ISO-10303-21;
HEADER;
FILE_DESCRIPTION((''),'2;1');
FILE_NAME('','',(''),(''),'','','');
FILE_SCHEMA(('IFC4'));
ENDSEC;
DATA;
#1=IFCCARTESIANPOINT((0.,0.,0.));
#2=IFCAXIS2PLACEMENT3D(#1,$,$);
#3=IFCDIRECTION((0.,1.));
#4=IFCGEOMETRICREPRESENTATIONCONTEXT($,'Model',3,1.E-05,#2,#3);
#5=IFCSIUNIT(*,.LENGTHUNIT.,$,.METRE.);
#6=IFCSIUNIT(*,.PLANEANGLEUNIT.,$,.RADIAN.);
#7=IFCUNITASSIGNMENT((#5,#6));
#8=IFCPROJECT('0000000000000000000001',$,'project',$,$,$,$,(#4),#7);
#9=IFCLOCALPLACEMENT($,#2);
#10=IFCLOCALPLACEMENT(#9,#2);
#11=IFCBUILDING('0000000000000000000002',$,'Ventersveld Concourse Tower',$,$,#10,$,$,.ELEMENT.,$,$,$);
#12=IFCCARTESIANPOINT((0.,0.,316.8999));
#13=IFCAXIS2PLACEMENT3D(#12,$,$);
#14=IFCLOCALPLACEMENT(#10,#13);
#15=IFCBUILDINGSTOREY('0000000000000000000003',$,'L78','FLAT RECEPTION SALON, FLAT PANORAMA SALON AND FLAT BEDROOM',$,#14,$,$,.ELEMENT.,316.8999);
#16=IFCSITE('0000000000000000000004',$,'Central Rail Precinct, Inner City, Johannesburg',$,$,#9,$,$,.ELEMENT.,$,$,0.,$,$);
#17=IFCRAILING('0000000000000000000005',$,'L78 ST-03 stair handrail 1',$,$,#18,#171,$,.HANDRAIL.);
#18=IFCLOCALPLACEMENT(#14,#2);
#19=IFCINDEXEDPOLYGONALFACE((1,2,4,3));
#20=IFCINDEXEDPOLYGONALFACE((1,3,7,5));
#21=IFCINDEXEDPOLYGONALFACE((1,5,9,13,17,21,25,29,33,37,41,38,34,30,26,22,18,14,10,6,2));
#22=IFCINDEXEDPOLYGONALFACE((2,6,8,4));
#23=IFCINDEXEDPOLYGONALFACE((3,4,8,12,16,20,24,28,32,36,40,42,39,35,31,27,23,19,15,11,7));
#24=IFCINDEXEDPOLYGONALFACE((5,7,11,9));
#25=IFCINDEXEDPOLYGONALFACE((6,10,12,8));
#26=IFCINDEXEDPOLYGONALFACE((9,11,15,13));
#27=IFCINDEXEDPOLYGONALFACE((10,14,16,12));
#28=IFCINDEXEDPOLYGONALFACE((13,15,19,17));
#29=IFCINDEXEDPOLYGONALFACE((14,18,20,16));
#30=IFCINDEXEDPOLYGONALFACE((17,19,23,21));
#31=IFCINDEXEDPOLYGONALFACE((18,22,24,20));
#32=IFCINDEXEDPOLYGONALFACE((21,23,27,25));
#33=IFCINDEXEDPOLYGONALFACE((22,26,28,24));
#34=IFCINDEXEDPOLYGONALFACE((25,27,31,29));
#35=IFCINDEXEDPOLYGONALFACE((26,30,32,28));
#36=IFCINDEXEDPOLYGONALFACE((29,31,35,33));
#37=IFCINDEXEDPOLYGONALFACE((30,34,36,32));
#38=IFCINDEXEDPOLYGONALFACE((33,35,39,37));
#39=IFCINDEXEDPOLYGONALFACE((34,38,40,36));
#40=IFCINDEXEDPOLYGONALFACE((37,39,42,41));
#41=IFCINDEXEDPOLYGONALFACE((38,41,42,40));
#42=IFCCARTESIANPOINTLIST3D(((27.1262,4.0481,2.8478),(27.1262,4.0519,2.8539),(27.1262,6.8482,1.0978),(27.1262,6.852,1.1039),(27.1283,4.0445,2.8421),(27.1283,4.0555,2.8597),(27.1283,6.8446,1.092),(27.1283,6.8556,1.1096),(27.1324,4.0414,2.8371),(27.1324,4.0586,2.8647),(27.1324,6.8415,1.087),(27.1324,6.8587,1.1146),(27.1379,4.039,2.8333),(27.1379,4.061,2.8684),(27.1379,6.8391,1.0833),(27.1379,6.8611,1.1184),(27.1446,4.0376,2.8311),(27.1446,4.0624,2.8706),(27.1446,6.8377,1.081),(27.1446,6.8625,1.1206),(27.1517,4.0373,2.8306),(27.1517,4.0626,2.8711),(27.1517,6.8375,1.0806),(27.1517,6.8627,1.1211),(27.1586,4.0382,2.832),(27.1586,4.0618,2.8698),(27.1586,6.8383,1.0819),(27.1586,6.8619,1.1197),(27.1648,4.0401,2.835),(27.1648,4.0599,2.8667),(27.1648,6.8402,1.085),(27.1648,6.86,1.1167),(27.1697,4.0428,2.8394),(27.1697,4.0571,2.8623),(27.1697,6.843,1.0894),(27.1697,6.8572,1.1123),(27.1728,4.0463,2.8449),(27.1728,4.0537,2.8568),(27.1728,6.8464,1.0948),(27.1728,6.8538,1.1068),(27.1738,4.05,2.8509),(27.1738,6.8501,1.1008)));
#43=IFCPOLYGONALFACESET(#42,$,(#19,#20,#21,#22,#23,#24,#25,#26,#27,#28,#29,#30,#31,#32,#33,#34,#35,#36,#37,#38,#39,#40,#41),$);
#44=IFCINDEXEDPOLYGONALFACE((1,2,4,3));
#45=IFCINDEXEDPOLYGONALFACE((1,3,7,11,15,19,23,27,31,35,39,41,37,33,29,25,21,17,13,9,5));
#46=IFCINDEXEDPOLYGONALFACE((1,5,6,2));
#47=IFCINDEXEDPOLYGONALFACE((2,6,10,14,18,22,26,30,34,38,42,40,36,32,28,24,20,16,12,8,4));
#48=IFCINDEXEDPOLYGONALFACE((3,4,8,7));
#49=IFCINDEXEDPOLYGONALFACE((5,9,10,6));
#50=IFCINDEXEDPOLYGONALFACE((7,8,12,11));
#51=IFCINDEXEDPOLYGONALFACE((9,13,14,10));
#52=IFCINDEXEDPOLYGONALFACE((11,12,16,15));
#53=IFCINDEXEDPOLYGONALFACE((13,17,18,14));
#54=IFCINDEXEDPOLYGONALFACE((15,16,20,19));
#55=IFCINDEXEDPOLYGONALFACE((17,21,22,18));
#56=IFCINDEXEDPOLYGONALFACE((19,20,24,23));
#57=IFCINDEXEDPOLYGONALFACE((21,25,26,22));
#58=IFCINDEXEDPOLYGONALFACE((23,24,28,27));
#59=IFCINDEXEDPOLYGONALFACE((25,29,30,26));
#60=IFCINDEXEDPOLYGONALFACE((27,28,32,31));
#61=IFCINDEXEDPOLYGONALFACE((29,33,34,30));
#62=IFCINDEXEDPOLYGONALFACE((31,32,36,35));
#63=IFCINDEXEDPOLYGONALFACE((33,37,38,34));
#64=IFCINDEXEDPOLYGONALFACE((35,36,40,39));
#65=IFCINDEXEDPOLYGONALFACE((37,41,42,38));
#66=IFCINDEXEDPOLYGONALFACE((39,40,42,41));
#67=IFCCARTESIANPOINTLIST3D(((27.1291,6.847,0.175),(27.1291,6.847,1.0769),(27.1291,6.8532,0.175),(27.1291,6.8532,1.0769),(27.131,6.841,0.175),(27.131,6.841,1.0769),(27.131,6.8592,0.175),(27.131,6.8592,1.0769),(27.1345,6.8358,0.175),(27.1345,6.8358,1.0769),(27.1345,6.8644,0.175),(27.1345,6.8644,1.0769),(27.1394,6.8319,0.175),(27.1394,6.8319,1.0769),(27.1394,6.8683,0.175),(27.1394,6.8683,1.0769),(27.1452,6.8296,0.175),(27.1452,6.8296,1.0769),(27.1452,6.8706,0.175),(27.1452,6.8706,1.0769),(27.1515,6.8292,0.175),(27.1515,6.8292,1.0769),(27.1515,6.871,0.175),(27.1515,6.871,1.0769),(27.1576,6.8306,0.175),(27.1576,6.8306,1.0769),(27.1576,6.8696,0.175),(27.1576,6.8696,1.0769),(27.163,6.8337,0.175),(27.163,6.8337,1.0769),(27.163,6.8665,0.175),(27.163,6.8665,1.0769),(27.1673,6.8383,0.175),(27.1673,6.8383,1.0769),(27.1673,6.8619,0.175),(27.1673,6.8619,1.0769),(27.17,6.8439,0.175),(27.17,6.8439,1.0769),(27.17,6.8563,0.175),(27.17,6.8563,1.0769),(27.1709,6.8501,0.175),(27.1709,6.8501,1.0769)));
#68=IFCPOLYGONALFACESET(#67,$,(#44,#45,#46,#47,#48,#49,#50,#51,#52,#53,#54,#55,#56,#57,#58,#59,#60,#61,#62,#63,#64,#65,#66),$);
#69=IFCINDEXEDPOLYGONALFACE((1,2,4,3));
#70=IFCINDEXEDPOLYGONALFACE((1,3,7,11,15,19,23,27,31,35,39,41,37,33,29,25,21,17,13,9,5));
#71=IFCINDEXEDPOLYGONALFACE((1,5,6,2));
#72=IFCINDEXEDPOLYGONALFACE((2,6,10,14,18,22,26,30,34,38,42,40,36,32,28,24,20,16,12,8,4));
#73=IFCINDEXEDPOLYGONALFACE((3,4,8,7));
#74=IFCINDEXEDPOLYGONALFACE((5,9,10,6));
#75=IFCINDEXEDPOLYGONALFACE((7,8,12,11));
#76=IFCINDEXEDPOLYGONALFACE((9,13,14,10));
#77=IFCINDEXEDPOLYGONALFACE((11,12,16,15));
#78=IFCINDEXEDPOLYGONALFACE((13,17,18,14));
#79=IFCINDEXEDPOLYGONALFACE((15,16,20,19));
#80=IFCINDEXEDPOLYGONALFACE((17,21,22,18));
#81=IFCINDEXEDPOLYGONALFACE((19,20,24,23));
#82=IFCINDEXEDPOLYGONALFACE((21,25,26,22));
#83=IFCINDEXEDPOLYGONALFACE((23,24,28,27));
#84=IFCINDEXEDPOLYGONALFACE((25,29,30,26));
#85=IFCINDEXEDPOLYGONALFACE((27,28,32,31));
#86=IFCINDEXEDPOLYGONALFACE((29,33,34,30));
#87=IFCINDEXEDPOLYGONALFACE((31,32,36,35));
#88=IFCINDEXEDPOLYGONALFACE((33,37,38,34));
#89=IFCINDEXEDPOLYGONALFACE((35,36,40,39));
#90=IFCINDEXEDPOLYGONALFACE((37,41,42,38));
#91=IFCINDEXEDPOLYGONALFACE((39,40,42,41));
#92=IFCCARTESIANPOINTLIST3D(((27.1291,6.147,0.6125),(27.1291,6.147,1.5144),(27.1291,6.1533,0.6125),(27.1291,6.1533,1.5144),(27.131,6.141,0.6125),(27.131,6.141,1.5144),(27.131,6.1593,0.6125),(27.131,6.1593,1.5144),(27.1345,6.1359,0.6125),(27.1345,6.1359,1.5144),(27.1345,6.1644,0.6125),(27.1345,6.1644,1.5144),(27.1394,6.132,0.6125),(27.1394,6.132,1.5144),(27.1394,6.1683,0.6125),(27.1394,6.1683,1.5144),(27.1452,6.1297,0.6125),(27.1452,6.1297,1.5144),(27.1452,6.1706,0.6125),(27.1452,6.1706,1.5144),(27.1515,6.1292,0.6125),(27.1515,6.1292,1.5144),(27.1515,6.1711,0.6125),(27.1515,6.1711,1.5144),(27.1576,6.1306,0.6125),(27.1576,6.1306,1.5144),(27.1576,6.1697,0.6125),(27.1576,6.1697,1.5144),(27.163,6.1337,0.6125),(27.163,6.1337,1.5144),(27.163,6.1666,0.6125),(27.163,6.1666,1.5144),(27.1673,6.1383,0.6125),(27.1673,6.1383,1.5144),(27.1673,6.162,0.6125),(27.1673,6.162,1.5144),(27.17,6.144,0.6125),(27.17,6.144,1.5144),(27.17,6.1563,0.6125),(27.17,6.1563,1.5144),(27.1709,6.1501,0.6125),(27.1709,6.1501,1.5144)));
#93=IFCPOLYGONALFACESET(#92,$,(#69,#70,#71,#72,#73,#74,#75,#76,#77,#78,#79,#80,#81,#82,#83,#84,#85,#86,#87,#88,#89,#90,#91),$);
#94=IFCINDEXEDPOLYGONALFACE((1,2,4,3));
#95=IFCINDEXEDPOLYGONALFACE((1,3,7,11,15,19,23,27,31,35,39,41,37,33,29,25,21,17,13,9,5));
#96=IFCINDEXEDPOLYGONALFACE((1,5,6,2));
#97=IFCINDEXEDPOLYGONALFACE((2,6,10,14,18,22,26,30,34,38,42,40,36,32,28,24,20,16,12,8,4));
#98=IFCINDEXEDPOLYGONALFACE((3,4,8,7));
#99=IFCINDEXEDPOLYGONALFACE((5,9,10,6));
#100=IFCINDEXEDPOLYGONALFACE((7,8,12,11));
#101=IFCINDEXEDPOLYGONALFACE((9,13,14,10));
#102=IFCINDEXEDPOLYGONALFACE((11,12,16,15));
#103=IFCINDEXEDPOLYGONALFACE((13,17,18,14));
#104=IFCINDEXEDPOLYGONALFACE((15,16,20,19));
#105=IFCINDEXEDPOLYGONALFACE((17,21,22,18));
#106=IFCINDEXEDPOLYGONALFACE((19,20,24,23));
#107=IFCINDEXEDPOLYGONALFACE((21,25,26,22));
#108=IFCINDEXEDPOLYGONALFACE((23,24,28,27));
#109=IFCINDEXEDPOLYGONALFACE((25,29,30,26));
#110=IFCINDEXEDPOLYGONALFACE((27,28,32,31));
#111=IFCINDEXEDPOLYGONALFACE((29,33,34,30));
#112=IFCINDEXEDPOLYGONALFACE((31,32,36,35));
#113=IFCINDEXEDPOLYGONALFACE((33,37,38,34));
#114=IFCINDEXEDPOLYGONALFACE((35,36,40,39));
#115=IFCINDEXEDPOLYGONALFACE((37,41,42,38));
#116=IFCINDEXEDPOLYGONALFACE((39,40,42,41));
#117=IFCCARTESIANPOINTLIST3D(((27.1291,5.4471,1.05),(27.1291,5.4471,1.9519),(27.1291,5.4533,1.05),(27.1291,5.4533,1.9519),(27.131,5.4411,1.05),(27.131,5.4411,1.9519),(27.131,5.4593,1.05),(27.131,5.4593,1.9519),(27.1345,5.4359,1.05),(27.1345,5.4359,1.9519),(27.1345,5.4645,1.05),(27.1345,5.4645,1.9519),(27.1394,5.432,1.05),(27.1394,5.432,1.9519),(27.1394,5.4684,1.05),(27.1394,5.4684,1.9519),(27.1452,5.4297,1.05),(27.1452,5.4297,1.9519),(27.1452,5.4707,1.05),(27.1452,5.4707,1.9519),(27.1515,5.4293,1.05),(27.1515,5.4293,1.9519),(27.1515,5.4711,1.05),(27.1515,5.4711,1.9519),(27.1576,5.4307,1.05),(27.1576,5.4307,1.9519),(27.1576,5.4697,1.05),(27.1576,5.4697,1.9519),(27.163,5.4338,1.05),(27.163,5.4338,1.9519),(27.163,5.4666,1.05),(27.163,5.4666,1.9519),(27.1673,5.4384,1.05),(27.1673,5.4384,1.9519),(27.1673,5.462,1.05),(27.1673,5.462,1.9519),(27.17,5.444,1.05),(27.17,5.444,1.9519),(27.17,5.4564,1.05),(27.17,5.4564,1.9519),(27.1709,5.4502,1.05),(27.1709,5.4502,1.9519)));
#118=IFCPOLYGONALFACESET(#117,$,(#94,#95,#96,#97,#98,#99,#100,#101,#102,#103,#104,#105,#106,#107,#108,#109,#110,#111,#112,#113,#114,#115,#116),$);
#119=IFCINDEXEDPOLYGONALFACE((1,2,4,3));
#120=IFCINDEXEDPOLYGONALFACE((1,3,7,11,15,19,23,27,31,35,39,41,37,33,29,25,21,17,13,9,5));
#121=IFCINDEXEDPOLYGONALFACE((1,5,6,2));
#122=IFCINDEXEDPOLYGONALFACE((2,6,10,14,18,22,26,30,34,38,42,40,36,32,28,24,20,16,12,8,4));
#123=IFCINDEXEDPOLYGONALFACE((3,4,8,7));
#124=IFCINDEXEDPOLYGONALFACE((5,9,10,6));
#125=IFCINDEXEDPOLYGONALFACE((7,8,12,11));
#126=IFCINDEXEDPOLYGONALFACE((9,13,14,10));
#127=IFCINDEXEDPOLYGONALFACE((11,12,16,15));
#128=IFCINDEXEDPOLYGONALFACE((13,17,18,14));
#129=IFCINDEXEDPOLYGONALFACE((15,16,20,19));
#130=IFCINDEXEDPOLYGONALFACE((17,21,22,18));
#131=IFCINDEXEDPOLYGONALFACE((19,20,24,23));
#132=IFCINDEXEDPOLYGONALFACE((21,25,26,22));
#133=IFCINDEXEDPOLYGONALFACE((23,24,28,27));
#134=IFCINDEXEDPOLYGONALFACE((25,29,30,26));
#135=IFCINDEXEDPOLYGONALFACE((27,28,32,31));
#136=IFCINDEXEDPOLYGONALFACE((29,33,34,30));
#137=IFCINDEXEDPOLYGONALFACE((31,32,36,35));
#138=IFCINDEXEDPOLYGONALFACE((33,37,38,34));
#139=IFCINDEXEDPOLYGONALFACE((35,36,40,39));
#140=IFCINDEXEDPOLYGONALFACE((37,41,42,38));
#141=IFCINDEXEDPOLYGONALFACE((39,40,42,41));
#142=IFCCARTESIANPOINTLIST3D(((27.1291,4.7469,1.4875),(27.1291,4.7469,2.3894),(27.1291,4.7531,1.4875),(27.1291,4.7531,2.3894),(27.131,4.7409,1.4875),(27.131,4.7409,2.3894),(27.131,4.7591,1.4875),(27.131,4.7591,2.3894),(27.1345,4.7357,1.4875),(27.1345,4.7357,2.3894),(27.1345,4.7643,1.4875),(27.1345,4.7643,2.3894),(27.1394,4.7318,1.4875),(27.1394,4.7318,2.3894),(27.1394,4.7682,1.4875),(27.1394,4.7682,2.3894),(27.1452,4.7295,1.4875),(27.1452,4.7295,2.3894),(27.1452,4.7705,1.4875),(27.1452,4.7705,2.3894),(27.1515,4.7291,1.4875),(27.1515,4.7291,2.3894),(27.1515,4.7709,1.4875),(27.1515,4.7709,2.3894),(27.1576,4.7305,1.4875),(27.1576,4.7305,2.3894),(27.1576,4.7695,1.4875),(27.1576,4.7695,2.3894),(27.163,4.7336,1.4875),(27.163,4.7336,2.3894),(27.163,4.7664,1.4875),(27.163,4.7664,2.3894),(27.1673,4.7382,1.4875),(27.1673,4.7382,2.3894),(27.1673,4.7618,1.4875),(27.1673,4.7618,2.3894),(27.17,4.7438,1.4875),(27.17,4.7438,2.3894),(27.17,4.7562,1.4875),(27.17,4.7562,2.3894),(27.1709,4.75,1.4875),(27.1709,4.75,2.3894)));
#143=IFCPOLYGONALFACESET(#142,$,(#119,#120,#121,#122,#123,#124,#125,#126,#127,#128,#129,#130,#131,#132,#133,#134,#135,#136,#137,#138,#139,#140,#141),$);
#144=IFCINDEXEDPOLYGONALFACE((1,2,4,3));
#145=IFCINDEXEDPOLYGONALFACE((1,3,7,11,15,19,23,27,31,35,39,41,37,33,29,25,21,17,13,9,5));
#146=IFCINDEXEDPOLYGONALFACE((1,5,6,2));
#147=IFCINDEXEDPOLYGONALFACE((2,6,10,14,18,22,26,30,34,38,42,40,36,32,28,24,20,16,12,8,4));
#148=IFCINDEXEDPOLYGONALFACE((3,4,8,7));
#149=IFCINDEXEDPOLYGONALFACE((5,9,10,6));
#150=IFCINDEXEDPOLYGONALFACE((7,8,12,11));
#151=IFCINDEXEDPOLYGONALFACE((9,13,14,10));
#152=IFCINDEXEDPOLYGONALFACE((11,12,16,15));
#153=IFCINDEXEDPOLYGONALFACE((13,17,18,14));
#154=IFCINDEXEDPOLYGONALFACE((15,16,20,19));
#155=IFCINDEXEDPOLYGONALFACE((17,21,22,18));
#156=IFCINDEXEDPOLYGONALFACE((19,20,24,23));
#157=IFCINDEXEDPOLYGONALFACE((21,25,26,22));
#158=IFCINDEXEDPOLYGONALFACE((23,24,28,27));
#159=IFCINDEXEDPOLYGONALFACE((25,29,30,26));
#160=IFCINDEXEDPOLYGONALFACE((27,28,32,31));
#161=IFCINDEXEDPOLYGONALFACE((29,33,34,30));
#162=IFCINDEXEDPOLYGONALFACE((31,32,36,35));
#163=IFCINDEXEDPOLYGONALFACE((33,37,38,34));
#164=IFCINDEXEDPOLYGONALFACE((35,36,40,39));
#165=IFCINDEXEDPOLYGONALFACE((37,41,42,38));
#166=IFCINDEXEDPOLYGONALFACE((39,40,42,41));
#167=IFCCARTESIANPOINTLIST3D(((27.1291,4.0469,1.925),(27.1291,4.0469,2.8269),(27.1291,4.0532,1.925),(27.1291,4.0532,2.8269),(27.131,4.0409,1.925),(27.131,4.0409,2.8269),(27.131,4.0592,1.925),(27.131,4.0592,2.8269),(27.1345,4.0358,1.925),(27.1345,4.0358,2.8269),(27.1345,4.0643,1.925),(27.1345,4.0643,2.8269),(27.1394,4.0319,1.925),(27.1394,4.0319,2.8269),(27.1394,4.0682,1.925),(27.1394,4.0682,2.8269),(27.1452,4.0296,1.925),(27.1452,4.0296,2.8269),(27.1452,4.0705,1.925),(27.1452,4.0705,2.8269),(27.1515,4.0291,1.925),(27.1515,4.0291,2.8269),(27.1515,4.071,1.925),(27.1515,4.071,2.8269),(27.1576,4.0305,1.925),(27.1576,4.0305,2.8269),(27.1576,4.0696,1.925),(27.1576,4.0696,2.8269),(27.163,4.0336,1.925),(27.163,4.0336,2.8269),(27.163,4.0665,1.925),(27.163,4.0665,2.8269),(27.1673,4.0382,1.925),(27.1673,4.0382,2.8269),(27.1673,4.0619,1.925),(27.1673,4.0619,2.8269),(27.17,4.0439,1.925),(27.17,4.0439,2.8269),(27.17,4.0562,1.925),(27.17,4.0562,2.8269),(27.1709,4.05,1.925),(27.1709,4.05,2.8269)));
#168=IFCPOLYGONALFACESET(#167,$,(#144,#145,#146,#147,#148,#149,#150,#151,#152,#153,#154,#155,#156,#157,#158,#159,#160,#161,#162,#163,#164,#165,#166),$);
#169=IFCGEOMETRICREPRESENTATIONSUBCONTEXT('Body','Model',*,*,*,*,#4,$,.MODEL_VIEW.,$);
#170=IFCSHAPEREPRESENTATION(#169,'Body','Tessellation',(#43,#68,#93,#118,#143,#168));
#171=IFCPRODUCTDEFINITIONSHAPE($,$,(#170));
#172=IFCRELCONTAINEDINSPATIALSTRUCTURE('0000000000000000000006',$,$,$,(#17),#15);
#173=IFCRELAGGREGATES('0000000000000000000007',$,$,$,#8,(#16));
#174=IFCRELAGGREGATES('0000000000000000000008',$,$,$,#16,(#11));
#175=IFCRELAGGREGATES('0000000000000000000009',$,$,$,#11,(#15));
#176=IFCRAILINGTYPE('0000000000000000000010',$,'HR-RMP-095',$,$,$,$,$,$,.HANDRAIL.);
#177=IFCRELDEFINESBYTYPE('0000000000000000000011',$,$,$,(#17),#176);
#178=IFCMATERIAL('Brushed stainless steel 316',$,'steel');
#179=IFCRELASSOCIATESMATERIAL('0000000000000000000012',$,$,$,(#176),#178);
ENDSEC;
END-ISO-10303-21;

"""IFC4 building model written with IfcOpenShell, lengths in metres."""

from ifc_helpers import new_model, si_unit, direction, frame, origin, origin_2d, place, context, subcontext, project, spatial, circle, extrude, material, type_object, element, save


model = new_model("IFC4")

# Units and contexts
model_context = context("Model", 3, precision=1e-05, world=origin(), true_north=direction((0.0, 1.0)))
body_context = subcontext(model_context, "Body", "Model", "MODEL_VIEW")
ifc_project = project(units=[si_unit("LENGTHUNIT", "METRE"), si_unit("PLANEANGLEUNIT", "RADIAN")], contexts=[model_context])

# Site, building, storey
site_placement = place(None, origin())
site = spatial("IfcSite", under=ifc_project, at=site_placement, Name="Central Rail Precinct, Inner City, Johannesburg", CompositionType="ELEMENT", RefElevation=0.0)
building_placement = place(site_placement, origin())
building = spatial("IfcBuilding", under=site, at=building_placement, Name="Ventersveld Concourse Tower", CompositionType="ELEMENT")
storey_placement = place(building_placement, frame((0.0, 0.0, 316.8999)))
storey = spatial("IfcBuildingStorey", under=building, at=storey_placement, Name="L78", Description="FLAT RECEPTION SALON, FLAT PANORAMA SALON AND FLAT BEDROOM", CompositionType="ELEMENT", Elevation=316.8999)

# Shared definitions
ifc_material_1 = material(Name="Brushed stainless steel 316", Category="steel")

# Railing
railing_type_1 = type_object("IfcRailingType", Name="HR-RMP-095", PredefinedType="HANDRAIL", material=ifc_material_1)
railing_1_placement = place(storey_placement, frame((27.1499, 6.8501, 0.175)))
element("IfcRailing", 1, at=railing_1_placement, inside=storey, type_object=railing_type_1, Name="L78 ST-03 stair handrail 1", PredefinedType="HANDRAIL", context=body_context, shape_type="SweptSolid", body=[
    extrude(circle(Radius=0.0239, at=origin_2d()), frame((0.0, 0.0, 0.9258), z_axis=(0.0, -0.848002, 0.529992), x_axis=(1.0, 0.0, 0.0)), (0.0, 0.0, 1.0), 3.302),
    extrude(circle(Radius=0.021, at=origin_2d()), origin(), (0.0, 0.0, 1.0), 0.9019),
    extrude(circle(Radius=0.021, at=origin_2d()), frame((0.0, -0.7, 0.4375)), (0.0, 0.0, 1.0), 0.9019),
    extrude(circle(Radius=0.021, at=origin_2d()), frame((0.0, -1.3999, 0.875)), (0.0, 0.0, 1.0), 0.9019),
    extrude(circle(Radius=0.021, at=origin_2d()), frame((0.0, -2.1001, 1.3125)), (0.0, 0.0, 1.0), 0.9019),
    extrude(circle(Radius=0.021, at=origin_2d()), frame((0.0, -2.8, 1.75)), (0.0, 0.0, 1.0), 0.9019),
])

save(model, "model.ifc")
